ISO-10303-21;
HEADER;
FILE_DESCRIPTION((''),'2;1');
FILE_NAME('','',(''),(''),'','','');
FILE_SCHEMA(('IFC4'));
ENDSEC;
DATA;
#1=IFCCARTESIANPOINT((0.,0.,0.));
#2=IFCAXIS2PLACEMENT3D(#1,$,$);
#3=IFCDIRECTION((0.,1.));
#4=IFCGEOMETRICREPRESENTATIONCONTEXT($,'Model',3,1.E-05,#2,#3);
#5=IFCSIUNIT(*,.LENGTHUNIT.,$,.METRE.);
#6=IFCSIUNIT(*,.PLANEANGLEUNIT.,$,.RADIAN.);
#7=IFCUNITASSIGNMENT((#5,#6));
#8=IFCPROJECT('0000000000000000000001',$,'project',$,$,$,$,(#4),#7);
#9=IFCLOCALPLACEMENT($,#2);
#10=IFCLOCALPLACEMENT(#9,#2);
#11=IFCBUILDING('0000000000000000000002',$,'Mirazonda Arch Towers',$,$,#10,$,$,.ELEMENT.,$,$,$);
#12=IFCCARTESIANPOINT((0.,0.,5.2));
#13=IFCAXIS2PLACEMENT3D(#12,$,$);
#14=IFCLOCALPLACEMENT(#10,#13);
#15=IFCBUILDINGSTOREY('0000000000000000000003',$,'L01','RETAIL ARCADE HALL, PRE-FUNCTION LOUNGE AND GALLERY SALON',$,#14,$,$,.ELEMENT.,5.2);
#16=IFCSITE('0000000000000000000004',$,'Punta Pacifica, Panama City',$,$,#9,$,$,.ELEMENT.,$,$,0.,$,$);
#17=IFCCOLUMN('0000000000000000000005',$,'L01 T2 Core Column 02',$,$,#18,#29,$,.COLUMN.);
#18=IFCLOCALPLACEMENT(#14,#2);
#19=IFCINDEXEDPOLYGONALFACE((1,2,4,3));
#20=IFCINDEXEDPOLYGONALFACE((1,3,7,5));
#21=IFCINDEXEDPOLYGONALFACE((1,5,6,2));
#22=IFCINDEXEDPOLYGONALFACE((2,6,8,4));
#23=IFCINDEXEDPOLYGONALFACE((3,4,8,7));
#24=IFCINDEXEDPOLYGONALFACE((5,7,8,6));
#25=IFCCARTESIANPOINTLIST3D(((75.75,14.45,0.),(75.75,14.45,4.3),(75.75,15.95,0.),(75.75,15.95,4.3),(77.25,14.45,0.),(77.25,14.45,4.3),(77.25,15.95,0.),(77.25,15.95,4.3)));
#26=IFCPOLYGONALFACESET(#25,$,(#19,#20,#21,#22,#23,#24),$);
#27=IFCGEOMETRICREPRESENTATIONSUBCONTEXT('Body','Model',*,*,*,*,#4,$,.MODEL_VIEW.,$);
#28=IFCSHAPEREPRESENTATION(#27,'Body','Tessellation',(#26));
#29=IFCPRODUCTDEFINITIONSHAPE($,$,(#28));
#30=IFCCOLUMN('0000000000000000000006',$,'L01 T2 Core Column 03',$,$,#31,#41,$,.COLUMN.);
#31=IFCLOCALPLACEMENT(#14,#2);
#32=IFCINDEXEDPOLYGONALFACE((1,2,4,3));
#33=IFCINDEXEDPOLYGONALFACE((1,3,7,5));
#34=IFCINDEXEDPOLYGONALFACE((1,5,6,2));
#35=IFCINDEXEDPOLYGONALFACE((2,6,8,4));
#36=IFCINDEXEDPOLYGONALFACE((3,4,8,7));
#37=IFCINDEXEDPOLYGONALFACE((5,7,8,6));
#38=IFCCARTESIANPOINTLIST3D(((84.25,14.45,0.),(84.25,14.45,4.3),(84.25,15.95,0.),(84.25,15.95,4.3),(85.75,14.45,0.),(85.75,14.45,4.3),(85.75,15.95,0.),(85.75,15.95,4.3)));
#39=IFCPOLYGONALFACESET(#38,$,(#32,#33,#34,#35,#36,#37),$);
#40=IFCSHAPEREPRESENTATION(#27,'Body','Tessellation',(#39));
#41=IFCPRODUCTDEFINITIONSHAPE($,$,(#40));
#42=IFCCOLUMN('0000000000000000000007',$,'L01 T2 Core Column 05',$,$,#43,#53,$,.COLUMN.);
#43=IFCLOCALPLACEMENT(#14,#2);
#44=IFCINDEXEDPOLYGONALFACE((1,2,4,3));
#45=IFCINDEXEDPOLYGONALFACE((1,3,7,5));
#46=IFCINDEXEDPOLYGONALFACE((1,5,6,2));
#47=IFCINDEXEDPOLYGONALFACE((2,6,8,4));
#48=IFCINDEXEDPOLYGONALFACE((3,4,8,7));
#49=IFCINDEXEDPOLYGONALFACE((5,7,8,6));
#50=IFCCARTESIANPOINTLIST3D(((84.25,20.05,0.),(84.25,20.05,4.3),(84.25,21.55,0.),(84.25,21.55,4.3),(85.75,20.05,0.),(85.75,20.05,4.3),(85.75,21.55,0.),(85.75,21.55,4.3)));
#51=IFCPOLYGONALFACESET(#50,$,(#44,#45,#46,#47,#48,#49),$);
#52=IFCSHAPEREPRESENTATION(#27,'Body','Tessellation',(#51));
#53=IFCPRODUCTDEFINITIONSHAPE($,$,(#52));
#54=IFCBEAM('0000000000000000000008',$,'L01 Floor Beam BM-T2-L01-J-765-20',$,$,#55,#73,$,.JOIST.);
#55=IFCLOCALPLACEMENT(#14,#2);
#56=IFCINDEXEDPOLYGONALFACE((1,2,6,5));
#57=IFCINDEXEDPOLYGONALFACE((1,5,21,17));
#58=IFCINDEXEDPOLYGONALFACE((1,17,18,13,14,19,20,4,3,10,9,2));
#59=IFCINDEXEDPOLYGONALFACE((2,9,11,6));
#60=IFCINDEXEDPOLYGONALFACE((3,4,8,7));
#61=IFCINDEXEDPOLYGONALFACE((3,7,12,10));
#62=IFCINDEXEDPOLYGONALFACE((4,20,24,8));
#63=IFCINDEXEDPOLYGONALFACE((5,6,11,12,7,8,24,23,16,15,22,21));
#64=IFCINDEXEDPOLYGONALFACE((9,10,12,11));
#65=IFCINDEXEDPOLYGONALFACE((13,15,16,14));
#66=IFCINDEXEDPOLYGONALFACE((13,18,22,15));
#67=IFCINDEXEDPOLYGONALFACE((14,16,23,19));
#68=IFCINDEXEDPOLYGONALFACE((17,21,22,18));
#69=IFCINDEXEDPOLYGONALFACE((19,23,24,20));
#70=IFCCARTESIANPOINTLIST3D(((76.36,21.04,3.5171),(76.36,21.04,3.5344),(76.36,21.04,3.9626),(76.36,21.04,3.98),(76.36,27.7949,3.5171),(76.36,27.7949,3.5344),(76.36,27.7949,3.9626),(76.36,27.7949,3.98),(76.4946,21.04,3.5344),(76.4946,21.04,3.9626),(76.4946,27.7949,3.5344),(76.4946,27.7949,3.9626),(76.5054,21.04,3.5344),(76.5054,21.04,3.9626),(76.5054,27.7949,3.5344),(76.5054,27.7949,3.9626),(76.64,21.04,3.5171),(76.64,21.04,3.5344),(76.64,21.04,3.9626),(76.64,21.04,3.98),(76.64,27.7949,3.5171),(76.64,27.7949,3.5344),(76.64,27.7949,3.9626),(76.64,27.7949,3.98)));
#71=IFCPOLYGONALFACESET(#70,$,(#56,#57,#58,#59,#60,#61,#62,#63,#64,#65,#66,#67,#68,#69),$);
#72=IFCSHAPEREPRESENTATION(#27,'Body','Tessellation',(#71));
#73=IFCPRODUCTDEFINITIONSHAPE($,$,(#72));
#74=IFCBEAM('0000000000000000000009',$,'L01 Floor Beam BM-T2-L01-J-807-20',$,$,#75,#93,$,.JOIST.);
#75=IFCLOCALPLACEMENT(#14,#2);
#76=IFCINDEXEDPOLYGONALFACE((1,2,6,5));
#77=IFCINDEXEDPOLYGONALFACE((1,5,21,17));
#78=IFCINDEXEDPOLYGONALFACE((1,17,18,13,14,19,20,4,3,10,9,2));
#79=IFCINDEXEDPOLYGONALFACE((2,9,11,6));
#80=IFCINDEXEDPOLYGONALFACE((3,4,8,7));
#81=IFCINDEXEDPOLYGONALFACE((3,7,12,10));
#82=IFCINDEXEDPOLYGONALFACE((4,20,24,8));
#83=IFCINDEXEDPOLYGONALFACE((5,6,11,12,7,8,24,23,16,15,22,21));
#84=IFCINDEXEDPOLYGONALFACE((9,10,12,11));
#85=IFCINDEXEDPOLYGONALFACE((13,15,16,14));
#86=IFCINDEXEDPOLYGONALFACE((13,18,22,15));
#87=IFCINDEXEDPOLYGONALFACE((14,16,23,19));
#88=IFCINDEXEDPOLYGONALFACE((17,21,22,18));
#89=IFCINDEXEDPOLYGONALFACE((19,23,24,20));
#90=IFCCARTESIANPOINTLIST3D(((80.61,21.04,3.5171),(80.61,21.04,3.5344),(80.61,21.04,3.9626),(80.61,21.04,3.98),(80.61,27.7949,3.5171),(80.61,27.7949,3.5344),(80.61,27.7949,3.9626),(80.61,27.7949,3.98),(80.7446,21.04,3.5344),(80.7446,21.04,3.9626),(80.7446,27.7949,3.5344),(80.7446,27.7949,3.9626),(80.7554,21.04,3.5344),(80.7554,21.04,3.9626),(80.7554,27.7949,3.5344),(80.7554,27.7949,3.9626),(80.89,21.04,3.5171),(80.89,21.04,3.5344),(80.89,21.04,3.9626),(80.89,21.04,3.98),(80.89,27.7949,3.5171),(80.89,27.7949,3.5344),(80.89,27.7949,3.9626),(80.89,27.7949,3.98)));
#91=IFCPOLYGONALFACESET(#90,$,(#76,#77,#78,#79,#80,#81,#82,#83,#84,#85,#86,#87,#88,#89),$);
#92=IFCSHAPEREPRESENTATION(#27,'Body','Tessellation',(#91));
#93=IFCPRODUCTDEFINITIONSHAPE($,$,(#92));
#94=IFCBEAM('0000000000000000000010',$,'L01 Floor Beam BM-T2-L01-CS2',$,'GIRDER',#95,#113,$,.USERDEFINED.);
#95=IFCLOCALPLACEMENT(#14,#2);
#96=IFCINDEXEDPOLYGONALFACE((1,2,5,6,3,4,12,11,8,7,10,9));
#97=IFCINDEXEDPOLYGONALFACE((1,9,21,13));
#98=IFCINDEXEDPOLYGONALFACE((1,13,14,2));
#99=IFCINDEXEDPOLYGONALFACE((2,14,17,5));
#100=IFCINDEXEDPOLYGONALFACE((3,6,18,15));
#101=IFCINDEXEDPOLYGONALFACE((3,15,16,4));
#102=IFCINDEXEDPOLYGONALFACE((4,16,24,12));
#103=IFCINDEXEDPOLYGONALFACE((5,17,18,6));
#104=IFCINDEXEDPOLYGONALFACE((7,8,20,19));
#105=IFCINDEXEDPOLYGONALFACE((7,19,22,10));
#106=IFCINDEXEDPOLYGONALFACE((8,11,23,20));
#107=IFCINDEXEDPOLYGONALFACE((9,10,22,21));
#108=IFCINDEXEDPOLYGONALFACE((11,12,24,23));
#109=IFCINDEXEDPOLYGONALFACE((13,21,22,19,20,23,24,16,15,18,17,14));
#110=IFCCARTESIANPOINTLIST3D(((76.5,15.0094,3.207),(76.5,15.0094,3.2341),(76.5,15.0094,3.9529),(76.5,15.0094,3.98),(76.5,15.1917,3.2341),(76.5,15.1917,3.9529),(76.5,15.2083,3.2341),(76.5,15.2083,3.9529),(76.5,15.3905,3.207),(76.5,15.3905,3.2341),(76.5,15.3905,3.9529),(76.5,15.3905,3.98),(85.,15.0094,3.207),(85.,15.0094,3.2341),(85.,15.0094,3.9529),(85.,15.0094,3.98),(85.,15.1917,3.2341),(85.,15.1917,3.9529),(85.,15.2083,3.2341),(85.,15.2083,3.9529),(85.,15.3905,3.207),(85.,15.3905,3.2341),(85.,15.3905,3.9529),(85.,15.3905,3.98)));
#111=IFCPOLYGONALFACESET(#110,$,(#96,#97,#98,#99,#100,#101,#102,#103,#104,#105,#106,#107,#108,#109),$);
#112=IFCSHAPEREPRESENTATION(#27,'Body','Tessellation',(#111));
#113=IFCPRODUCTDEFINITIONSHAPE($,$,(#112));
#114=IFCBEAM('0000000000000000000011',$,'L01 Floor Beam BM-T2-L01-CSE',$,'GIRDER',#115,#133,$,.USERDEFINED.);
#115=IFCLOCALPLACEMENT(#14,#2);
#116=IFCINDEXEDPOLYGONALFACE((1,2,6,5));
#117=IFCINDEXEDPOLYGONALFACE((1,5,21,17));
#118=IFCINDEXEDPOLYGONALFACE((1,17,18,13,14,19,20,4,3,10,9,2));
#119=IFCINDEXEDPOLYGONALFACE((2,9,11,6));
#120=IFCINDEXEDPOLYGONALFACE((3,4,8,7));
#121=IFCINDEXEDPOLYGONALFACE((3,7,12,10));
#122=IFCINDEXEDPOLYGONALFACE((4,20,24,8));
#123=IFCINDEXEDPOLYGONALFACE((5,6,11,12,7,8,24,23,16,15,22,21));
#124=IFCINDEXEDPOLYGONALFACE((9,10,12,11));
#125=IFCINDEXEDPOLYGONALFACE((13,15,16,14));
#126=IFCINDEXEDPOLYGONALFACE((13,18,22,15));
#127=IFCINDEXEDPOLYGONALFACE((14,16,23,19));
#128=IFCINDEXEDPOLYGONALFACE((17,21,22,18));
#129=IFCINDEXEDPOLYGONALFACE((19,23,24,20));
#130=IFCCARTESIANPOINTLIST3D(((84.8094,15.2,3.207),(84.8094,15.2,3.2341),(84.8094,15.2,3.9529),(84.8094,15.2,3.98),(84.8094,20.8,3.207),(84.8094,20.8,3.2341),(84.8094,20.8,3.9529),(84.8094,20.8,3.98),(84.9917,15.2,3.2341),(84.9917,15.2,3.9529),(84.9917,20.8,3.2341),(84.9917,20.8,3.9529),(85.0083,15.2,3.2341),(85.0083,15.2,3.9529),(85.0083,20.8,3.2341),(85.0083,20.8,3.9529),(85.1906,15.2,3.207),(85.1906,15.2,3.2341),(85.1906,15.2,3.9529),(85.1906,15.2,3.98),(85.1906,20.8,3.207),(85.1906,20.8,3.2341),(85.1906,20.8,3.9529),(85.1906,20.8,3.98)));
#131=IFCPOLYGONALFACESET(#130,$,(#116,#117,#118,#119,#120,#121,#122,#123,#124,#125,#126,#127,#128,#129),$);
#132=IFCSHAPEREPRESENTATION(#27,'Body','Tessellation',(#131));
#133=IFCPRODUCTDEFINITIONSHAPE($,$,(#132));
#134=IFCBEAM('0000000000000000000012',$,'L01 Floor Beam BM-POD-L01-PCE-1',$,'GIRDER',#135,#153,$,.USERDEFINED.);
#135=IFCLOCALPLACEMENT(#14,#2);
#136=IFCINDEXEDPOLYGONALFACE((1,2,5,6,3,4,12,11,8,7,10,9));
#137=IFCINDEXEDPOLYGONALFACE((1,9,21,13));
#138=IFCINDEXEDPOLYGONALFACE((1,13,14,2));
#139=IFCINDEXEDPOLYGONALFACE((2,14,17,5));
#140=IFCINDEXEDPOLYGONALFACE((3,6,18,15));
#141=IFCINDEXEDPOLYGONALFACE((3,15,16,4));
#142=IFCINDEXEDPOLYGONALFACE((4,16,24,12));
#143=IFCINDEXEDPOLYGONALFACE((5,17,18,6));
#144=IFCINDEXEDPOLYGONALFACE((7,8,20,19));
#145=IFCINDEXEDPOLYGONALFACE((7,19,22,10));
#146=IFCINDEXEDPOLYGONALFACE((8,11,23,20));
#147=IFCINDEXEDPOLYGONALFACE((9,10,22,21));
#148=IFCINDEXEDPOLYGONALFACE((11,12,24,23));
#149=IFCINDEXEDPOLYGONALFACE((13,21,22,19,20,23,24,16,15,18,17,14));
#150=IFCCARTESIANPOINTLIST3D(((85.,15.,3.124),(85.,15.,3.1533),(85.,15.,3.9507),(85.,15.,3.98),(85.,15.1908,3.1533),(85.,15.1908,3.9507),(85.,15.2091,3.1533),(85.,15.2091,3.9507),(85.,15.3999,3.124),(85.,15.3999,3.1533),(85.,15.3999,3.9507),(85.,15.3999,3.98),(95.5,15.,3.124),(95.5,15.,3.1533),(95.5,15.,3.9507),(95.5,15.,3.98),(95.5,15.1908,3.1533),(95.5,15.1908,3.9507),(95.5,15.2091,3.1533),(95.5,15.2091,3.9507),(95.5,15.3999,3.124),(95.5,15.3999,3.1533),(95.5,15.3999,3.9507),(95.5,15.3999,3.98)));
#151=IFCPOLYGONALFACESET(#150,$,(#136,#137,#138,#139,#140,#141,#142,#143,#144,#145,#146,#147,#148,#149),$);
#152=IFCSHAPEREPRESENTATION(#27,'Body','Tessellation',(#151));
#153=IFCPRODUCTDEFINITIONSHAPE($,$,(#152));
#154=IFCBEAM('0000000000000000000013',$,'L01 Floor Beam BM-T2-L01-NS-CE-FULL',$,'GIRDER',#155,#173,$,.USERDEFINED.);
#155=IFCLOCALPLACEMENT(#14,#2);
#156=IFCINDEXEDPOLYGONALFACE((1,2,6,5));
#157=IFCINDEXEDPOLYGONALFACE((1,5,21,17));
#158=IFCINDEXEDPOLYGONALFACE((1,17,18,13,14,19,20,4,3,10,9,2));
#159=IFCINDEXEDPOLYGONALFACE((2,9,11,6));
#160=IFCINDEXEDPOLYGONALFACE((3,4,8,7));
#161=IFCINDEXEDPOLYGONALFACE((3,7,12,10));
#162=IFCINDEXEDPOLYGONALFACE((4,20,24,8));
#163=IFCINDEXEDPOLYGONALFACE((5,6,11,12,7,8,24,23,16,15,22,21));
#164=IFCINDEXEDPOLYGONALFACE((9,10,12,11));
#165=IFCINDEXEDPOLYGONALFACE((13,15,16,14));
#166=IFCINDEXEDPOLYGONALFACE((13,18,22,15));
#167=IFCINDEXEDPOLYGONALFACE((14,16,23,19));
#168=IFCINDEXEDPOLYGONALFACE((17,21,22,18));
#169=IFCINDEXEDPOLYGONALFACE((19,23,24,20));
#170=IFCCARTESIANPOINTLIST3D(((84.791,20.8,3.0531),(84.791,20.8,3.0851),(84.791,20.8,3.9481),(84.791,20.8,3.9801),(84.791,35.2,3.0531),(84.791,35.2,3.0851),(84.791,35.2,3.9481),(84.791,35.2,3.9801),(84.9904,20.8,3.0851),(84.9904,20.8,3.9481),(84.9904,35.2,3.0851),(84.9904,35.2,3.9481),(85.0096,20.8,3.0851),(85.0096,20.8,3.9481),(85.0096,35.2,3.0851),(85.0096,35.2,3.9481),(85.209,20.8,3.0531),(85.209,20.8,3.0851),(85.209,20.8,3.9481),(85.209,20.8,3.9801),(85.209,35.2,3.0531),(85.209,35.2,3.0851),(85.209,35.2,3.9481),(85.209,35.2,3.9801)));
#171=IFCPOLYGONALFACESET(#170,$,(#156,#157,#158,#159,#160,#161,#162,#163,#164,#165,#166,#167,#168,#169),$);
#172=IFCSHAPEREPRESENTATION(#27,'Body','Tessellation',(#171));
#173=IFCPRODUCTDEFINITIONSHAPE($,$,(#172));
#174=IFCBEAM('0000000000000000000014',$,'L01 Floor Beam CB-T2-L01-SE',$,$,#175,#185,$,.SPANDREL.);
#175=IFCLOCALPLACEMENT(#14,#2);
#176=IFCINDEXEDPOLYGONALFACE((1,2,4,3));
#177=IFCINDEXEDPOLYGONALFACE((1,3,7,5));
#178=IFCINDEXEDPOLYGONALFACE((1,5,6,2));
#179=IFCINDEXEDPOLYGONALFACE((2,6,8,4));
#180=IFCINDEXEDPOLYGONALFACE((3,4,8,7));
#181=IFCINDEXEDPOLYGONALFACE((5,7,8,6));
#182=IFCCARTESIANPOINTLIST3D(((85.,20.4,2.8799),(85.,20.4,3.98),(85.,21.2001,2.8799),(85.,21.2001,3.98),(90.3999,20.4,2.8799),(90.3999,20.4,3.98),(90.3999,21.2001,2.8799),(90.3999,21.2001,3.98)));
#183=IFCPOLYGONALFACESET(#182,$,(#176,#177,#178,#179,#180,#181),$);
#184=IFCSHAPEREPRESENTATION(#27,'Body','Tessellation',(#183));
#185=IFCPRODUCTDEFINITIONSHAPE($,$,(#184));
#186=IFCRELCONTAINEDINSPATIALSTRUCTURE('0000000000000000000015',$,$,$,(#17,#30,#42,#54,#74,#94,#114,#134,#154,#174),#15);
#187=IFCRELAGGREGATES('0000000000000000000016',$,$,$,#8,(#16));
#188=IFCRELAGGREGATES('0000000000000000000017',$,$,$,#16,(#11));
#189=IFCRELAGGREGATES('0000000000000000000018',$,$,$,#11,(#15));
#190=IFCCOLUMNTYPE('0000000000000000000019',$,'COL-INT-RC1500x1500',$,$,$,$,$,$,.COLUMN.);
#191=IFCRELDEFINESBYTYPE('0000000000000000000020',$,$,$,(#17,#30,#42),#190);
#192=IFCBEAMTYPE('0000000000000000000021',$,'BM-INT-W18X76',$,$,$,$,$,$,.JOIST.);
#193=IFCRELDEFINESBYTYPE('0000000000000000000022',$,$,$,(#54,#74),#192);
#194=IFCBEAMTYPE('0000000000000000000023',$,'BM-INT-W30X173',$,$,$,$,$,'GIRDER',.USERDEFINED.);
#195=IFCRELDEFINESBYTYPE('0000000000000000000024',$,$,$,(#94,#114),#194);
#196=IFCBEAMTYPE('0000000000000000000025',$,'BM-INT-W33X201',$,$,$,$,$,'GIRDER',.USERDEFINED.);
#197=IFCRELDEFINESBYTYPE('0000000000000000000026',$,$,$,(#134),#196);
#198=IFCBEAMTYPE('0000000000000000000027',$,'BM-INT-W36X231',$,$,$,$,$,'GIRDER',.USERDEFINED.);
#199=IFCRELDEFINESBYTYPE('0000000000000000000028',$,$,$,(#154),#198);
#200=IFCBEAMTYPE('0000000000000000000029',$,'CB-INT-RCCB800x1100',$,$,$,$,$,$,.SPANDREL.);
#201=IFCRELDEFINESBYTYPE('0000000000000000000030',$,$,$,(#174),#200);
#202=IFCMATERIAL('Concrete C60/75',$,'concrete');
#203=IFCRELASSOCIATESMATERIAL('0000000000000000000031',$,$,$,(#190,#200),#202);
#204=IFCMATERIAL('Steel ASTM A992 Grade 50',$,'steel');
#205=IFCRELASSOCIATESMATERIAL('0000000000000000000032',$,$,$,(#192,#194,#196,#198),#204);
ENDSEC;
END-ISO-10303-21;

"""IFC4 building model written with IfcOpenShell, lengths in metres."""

from ifc_helpers import new_model, si_unit, direction, frame, origin, origin_2d, place, context, subcontext, project, spatial, rectangle, i_section, extrude, material, material_profile, profile_set, type_object, element, save


model = new_model("IFC4")

# Units and contexts
model_context = context("Model", 3, precision=1e-05, world=origin(), true_north=direction((0.0, 1.0)))
body_context = subcontext(model_context, "Body", "Model", "MODEL_VIEW")
ifc_project = project(units=[si_unit("LENGTHUNIT", "METRE"), si_unit("PLANEANGLEUNIT", "RADIAN")], contexts=[model_context])

# Site, building, storey
site_placement = place(None, origin())
site = spatial("IfcSite", under=ifc_project, at=site_placement, Name="Punta Pacifica, Panama City", CompositionType="ELEMENT", RefElevation=0.0)
building_placement = place(site_placement, origin())
building = spatial("IfcBuilding", under=site, at=building_placement, Name="Mirazonda Arch Towers", CompositionType="ELEMENT")
storey_placement = place(building_placement, frame((0.0, 0.0, 5.2)))
storey = spatial("IfcBuildingStorey", under=building, at=storey_placement, Name="L01", Description="RETAIL ARCADE HALL, PRE-FUNCTION LOUNGE AND GALLERY SALON", CompositionType="ELEMENT", Elevation=5.2)

# Columns
ifc_material_1 = material(Name="Concrete C60/75", Category="concrete")
ifc_material_profile_1 = material_profile(ifc_material_1, rectangle(XDim=1.5, YDim=1.5, at=origin_2d()), Name="RC1500x1500")
ifc_profile_set_1 = profile_set([ifc_material_profile_1], Name="Concrete C60/75")
column_type = type_object("IfcColumnType", Name="COL-INT-RC1500x1500", PredefinedType="COLUMN", material=ifc_profile_set_1)
for number, where, z_axis, x_axis, name in (
    (1, (76.5, 15.2, 0.0), (0.0, 0.0, 1.0), (1.0, 0.0, 0.0), "L01 T2 Core Column 02"),
    (2, (85.0, 15.2, 0.0), (0.0, 0.0, 1.0), (1.0, 0.0, 0.0), "L01 T2 Core Column 03"),
    (3, (85.0, 20.8, 0.0), (0.0, 0.0, 1.0), (1.0, 0.0, 0.0), "L01 T2 Core Column 05"),
):
    element("IfcColumn", number, at=place(storey_placement, frame(where, z_axis=z_axis, x_axis=x_axis)), inside=storey, type_object=column_type, Name=name, PredefinedType="COLUMN", context=body_context, shape_type="SweptSolid", body=[
        extrude(rectangle(XDim=1.5, YDim=1.5, at=origin_2d()), origin(), (0.0, 0.0, 1.0), 4.3),
    ])

# Beams
ifc_material_2 = material(Name="Steel ASTM A992 Grade 50", Category="steel")
ifc_material_profile_2 = material_profile(ifc_material_2, i_section(OverallWidth=0.28, OverallDepth=0.4629, WebThickness=0.0107, FlangeThickness=0.0173, at=origin_2d()), Name="W18X76")
ifc_profile_set_2 = profile_set([ifc_material_profile_2], Name="Steel ASTM A992 Grade 50")
beam_type_1 = type_object("IfcBeamType", Name="BM-INT-W18X76", PredefinedType="JOIST", material=ifc_profile_set_2)
for number, where, z_axis, x_axis, name in (
    (4, (76.5, 21.04, 3.7485), (0.0, 1.0, 0.0), (-1.0, 0.0, 0.0), "L01 Floor Beam BM-T2-L01-J-765-20"),
    (5, (80.75, 21.04, 3.7485), (0.0, 1.0, 0.0), (-1.0, 0.0, 0.0), "L01 Floor Beam BM-T2-L01-J-807-20"),
):
    element("IfcBeam", number, at=place(storey_placement, frame(where, z_axis=z_axis, x_axis=x_axis)), inside=storey, type_object=beam_type_1, Name=name, PredefinedType="JOIST", context=body_context, shape_type="SweptSolid", body=[
        extrude(i_section(OverallWidth=0.28, OverallDepth=0.4629, WebThickness=0.0107, FlangeThickness=0.0173, at=origin_2d()), origin(), (0.0, 0.0, 1.0), 6.7549),
    ])
ifc_material_profile_3 = material_profile(ifc_material_2, i_section(OverallWidth=0.3811, OverallDepth=0.7729, WebThickness=0.0166, FlangeThickness=0.0271, at=origin_2d()), Name="W30X173")
ifc_profile_set_3 = profile_set([ifc_material_profile_3], Name="Steel ASTM A992 Grade 50")
beam_type_2 = type_object("IfcBeamType", Name="BM-INT-W30X173", ElementType="GIRDER", PredefinedType="USERDEFINED", material=ifc_profile_set_3)
beam_1_placement = place(storey_placement, frame((76.5, 15.2, 3.5935), z_axis=(1.0, 0.0, 0.0), x_axis=(0.0, 1.0, 0.0)))
element("IfcBeam", 6, at=beam_1_placement, inside=storey, type_object=beam_type_2, Name="L01 Floor Beam BM-T2-L01-CS2", ObjectType="GIRDER", PredefinedType="USERDEFINED", context=body_context, shape_type="SweptSolid", body=[
    extrude(i_section(OverallWidth=0.3811, OverallDepth=0.7729, WebThickness=0.0166, FlangeThickness=0.0271, at=origin_2d()), origin(), (0.0, 0.0, 1.0), 8.5),
])
beam_2_placement = place(storey_placement, frame((85.0, 15.2, 3.5935), z_axis=(0.0, 1.0, 0.0), x_axis=(-1.0, 0.0, 0.0)))
element("IfcBeam", 7, at=beam_2_placement, inside=storey, type_object=beam_type_2, Name="L01 Floor Beam BM-T2-L01-CSE", ObjectType="GIRDER", PredefinedType="USERDEFINED", context=body_context, shape_type="SweptSolid", body=[
    extrude(i_section(OverallWidth=0.3811, OverallDepth=0.7729, WebThickness=0.0166, FlangeThickness=0.0271, at=origin_2d()), origin(), (0.0, 0.0, 1.0), 5.6001),
])
ifc_material_profile_4 = material_profile(ifc_material_2, i_section(OverallWidth=0.3999, OverallDepth=0.856, WebThickness=0.0183, FlangeThickness=0.0293, at=origin_2d()), Name="W33X201")
ifc_profile_set_4 = profile_set([ifc_material_profile_4], Name="Steel ASTM A992 Grade 50")
beam_type_3 = type_object("IfcBeamType", Name="BM-INT-W33X201", ElementType="GIRDER", PredefinedType="USERDEFINED", material=ifc_profile_set_4)
beam_3_placement = place(storey_placement, frame((85.0, 15.2, 3.552), z_axis=(1.0, 0.0, 0.0), x_axis=(0.0, 1.0, 0.0)))
element("IfcBeam", 8, at=beam_3_placement, inside=storey, type_object=beam_type_3, Name="L01 Floor Beam BM-POD-L01-PCE-1", ObjectType="GIRDER", PredefinedType="USERDEFINED", context=body_context, shape_type="SweptSolid", body=[
    extrude(i_section(OverallWidth=0.3999, OverallDepth=0.856, WebThickness=0.0183, FlangeThickness=0.0293, at=origin_2d()), origin(), (0.0, 0.0, 1.0), 10.5),
])
ifc_material_profile_5 = material_profile(ifc_material_2, i_section(OverallWidth=0.418, OverallDepth=0.927, WebThickness=0.0193, FlangeThickness=0.032, at=origin_2d()), Name="W36X231")
ifc_profile_set_5 = profile_set([ifc_material_profile_5], Name="Steel ASTM A992 Grade 50")
beam_type_4 = type_object("IfcBeamType", Name="BM-INT-W36X231", ElementType="GIRDER", PredefinedType="USERDEFINED", material=ifc_profile_set_5)
beam_4_placement = place(storey_placement, frame((85.0, 20.8, 3.5166), z_axis=(0.0, 1.0, 0.0), x_axis=(-1.0, 0.0, 0.0)))
element("IfcBeam", 9, at=beam_4_placement, inside=storey, type_object=beam_type_4, Name="L01 Floor Beam BM-T2-L01-NS-CE-FULL", ObjectType="GIRDER", PredefinedType="USERDEFINED", context=body_context, shape_type="SweptSolid", body=[
    extrude(i_section(OverallWidth=0.418, OverallDepth=0.927, WebThickness=0.0193, FlangeThickness=0.032, at=origin_2d()), origin(), (0.0, 0.0, 1.0), 14.3999),
])
ifc_material_profile_6 = material_profile(ifc_material_1, rectangle(XDim=0.8, YDim=1.1001, at=origin_2d()), Name="RCCB800x1100")
ifc_profile_set_6 = profile_set([ifc_material_profile_6], Name="Concrete C60/75")
beam_type_5 = type_object("IfcBeamType", Name="CB-INT-RCCB800x1100", PredefinedType="SPANDREL", material=ifc_profile_set_6)
beam_5_placement = place(storey_placement, frame((85.0, 20.8, 3.4299), z_axis=(1.0, 0.0, 0.0), x_axis=(0.0, 1.0, 0.0)))
element("IfcBeam", 10, at=beam_5_placement, inside=storey, type_object=beam_type_5, Name="L01 Floor Beam CB-T2-L01-SE", PredefinedType="SPANDREL", context=body_context, shape_type="SweptSolid", body=[
    extrude(rectangle(XDim=0.8, YDim=1.1001, at=origin_2d()), origin(), (0.0, 0.0, 1.0), 5.3999),
])

save(model, "model.ifc")
